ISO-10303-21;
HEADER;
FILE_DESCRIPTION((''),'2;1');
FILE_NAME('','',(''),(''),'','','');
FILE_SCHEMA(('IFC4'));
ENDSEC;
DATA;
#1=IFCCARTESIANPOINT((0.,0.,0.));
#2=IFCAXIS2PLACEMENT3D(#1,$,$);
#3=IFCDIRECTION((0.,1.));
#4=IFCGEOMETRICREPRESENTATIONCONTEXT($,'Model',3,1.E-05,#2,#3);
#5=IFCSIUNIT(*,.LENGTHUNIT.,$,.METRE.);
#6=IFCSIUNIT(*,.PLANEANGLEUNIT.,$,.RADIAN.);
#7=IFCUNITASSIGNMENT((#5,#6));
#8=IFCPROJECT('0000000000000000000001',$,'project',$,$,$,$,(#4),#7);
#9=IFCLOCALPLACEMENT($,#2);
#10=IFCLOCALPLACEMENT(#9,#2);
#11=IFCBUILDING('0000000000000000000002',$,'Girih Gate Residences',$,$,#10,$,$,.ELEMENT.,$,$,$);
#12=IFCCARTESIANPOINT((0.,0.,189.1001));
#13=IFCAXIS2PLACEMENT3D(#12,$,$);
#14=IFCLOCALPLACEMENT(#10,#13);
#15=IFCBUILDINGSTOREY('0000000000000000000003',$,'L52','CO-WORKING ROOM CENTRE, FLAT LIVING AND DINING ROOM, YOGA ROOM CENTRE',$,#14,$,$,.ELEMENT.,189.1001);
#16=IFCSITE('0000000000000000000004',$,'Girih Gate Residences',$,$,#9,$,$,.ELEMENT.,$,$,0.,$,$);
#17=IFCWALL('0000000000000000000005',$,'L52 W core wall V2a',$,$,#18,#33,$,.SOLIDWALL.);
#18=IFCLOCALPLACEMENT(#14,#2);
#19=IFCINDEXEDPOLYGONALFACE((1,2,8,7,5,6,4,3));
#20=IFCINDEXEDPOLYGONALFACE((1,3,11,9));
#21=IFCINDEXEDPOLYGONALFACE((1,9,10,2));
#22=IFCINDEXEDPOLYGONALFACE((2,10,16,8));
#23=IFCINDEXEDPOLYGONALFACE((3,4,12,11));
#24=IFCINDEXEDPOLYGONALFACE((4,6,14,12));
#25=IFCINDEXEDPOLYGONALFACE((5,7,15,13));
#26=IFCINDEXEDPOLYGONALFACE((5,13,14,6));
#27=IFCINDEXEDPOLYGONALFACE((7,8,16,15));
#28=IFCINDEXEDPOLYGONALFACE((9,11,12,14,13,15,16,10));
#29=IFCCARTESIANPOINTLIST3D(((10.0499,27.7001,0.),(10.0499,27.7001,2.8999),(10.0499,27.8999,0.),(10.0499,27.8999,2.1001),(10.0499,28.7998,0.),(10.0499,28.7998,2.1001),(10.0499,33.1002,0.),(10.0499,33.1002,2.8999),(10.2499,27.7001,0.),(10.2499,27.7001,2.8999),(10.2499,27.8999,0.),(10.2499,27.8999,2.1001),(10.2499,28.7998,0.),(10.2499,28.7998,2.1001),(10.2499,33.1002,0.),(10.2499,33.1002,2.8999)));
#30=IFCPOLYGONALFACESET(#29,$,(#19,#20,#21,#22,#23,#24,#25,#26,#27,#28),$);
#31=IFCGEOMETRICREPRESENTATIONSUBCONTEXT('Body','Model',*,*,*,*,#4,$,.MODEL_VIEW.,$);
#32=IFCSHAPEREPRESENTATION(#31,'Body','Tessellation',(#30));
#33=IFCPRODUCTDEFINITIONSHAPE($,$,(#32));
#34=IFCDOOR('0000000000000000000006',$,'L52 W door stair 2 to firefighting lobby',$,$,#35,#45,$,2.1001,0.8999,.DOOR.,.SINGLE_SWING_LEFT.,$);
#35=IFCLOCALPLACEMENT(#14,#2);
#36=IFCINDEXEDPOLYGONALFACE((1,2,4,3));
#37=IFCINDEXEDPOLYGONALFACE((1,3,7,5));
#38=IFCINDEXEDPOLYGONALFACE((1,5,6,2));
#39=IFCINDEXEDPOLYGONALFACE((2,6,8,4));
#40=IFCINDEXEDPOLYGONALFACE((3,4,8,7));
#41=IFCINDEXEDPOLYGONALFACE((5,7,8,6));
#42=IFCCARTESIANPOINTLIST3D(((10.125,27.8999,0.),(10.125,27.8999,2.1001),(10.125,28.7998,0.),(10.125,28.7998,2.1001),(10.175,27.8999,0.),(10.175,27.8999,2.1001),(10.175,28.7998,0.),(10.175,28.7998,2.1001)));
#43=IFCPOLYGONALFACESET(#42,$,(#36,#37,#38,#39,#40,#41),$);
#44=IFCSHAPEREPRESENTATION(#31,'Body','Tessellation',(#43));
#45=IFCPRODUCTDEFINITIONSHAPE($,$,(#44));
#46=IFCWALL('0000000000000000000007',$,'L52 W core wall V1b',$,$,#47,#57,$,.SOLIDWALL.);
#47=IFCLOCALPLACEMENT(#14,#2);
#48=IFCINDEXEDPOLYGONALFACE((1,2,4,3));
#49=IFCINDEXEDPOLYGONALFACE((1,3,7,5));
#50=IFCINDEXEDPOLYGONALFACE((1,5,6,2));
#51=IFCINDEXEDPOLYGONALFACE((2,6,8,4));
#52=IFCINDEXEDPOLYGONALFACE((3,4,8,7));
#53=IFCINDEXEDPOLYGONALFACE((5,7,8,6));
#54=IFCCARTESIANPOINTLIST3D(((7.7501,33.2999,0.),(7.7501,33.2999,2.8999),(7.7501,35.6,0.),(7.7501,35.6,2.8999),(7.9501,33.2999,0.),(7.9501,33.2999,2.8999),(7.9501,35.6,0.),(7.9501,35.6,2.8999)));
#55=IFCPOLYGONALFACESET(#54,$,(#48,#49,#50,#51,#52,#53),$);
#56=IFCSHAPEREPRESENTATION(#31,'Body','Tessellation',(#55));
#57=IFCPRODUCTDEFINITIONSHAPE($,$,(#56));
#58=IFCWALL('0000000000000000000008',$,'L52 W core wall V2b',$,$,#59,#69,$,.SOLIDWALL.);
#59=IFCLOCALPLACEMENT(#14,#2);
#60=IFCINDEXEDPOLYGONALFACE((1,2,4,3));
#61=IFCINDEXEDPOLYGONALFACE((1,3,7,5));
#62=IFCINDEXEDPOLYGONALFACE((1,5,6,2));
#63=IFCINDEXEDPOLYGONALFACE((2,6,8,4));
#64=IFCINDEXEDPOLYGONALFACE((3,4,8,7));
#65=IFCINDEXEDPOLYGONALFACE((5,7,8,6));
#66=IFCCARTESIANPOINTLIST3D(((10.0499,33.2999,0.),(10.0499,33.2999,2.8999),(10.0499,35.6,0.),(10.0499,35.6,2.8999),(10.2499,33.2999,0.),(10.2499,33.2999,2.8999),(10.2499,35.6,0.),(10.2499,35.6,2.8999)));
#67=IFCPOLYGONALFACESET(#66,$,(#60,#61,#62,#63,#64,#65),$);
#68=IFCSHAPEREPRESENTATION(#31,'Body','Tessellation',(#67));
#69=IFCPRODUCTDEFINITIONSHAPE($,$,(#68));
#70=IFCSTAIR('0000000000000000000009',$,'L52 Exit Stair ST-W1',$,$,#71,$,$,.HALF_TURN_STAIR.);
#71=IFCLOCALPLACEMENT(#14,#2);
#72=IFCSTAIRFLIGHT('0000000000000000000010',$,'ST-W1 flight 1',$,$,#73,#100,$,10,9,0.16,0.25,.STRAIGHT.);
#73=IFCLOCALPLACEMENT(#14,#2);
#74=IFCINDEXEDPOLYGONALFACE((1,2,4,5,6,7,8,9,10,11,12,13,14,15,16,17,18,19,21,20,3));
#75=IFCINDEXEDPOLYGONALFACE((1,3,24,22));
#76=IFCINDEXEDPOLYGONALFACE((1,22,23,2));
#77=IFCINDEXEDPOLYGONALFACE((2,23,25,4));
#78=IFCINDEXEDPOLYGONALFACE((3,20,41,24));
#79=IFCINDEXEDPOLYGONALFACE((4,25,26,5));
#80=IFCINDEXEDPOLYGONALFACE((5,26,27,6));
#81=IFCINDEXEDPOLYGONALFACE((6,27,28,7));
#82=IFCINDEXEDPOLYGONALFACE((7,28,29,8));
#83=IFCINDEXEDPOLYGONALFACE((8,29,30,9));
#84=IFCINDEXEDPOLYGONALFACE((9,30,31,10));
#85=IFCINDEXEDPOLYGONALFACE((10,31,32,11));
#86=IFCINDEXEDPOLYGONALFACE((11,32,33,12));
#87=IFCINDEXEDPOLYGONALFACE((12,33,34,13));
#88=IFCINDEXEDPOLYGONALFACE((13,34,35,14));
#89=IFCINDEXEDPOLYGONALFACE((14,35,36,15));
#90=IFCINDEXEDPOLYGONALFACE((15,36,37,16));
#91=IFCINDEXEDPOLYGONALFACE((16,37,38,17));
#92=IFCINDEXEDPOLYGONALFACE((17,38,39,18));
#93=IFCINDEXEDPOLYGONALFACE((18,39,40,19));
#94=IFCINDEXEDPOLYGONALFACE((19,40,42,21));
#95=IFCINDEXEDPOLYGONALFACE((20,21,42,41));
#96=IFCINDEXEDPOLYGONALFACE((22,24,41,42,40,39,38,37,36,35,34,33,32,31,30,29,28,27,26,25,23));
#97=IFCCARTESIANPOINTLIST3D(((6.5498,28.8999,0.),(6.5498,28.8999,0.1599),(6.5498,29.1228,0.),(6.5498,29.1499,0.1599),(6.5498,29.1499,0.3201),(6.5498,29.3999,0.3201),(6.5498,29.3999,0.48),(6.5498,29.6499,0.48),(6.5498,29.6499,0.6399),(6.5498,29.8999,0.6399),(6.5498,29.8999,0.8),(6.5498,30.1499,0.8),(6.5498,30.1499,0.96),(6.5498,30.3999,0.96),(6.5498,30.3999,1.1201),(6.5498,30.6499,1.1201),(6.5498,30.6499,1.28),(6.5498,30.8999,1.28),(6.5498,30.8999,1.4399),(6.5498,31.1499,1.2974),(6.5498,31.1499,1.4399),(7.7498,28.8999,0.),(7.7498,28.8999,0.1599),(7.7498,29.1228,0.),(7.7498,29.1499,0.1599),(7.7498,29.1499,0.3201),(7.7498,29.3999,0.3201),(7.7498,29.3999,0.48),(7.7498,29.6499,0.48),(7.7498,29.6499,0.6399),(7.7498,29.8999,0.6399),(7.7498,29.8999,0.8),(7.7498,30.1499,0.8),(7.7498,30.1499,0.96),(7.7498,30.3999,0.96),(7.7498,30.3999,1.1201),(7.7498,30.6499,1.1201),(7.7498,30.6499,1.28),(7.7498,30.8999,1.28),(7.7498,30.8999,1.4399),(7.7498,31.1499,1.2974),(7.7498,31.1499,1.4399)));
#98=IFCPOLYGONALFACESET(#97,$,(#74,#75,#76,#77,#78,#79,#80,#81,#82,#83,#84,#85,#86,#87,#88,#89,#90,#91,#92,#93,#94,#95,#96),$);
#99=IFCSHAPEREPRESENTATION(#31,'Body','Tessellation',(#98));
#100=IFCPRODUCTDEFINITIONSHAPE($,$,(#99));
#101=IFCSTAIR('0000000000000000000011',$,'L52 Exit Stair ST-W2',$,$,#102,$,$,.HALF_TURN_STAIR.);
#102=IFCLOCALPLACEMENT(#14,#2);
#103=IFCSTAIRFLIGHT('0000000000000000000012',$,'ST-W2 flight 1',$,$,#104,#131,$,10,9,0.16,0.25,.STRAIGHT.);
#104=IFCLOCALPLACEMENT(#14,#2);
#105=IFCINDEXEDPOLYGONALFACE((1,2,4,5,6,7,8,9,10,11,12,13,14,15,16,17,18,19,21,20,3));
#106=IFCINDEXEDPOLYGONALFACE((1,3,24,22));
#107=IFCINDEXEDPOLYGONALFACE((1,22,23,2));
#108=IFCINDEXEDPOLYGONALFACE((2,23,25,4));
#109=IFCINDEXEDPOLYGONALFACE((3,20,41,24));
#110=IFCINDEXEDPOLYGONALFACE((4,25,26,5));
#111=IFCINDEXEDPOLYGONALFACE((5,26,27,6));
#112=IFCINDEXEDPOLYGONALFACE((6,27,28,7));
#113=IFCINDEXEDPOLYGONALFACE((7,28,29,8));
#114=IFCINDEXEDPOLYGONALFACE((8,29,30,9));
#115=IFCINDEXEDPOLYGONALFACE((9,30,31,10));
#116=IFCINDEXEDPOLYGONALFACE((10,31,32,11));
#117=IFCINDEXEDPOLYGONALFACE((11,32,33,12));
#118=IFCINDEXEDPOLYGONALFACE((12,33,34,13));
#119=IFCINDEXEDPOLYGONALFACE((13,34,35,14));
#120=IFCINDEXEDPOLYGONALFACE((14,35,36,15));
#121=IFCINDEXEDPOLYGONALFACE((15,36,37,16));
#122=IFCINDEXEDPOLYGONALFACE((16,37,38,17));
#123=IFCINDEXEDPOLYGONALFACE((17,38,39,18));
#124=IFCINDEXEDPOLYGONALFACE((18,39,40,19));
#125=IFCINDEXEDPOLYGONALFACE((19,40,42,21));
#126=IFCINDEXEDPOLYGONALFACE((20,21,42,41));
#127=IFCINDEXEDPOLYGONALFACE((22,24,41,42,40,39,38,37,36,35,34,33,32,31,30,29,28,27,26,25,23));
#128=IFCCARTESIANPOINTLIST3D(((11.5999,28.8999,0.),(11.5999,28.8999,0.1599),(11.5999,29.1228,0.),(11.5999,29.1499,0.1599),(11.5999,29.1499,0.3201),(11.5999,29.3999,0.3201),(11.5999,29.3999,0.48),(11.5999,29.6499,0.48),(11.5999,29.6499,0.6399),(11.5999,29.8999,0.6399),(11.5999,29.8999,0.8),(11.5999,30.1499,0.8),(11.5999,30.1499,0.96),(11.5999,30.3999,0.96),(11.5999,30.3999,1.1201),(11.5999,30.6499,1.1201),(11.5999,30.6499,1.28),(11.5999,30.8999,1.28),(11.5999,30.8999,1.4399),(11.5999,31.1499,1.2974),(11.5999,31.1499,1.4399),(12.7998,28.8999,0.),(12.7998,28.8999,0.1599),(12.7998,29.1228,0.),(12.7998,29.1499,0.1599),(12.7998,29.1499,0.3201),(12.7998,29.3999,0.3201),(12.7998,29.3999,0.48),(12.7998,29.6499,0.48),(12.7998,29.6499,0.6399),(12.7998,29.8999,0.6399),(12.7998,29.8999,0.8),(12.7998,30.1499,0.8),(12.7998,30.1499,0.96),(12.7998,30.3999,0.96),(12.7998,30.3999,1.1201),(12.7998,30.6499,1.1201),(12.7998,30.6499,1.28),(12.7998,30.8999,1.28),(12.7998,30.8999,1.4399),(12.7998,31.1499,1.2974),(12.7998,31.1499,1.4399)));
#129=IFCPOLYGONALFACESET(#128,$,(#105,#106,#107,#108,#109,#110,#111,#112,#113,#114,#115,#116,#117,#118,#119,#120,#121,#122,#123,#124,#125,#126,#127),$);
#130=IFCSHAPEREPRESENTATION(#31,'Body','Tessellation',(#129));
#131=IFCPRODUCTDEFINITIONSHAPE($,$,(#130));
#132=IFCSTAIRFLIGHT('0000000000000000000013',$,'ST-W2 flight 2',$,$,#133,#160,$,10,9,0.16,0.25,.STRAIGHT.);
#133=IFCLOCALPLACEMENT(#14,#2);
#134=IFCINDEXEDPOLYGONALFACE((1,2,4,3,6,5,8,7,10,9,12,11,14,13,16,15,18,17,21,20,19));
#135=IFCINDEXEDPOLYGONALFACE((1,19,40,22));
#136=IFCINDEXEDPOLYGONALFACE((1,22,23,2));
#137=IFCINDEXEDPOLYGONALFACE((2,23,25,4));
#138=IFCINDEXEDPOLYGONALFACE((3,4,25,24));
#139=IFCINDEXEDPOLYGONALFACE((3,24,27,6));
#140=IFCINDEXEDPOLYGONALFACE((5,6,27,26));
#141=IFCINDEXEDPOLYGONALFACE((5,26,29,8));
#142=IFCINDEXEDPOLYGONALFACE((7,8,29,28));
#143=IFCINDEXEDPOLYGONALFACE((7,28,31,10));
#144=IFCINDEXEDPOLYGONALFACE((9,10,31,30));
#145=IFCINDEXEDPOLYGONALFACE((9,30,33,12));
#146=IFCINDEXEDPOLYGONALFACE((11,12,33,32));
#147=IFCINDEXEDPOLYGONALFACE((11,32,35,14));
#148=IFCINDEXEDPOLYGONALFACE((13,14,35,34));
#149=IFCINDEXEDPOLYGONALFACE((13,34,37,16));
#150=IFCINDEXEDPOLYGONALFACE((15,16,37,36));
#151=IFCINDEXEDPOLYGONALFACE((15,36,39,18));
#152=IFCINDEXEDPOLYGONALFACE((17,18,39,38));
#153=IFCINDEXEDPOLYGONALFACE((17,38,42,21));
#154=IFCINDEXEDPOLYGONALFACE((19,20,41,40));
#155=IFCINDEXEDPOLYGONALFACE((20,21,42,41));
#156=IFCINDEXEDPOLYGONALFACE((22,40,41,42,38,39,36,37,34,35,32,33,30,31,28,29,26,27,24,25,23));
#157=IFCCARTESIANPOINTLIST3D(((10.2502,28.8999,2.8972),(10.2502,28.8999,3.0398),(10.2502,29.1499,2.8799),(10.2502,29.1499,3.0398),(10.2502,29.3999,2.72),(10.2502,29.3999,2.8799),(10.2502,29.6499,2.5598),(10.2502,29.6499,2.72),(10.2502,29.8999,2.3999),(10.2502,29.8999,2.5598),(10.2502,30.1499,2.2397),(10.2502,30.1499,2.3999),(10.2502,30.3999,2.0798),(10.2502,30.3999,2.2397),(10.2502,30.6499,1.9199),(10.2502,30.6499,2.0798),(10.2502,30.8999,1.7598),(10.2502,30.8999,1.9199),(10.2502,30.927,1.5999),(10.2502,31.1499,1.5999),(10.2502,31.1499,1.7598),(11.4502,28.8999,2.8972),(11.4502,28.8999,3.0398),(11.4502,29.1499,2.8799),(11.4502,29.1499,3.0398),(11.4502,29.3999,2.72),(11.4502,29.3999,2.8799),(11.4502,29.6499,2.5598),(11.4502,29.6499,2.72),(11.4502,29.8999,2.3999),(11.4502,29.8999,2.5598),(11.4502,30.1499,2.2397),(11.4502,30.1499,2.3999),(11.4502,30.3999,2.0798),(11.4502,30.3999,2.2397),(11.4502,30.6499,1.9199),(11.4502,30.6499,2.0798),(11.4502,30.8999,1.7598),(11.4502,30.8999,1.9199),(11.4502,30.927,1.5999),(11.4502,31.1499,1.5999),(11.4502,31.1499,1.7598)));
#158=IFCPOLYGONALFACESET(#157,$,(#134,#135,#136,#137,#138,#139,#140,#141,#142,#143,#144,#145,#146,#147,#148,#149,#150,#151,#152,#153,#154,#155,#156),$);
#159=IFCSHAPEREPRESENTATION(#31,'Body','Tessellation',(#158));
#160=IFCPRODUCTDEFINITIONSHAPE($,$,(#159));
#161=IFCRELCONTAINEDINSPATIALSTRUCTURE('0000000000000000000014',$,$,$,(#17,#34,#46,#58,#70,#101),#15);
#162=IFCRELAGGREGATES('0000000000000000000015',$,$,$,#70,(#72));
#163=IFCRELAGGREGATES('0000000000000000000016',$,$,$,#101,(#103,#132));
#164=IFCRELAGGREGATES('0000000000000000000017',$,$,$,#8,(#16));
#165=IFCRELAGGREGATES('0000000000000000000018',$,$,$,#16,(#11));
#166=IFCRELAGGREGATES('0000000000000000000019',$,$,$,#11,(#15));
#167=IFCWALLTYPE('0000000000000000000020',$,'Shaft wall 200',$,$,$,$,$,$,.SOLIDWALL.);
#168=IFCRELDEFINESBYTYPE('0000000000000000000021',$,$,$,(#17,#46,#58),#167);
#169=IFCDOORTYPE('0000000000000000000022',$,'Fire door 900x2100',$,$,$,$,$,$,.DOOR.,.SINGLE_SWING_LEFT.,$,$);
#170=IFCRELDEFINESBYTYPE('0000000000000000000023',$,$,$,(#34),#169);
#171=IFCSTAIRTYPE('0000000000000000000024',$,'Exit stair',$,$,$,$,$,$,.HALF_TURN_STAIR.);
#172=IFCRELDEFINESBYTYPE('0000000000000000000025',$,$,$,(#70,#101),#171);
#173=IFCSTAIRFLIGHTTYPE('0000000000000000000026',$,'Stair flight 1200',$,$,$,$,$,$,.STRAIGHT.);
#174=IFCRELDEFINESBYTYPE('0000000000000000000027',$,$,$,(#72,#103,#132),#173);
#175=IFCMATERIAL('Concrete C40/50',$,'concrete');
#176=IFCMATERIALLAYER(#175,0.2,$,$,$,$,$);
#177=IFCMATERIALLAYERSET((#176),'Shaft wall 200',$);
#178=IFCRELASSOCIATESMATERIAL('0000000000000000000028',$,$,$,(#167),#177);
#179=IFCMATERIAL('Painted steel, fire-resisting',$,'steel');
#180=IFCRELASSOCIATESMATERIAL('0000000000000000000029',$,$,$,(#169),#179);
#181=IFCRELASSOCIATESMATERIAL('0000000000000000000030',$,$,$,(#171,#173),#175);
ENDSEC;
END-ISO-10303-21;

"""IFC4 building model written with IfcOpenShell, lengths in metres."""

from ifc_helpers import new_model, si_unit, direction, frame, frame_2d, origin, place, context, subcontext, project, spatial, polyline, rectangle, outline, extrude, material, layer, layer_set, type_object, element, fill, aggregate, save


model = new_model("IFC4")

# Units and contexts
model_context = context("Model", 3, precision=1e-05, world=origin(), true_north=direction((0.0, 1.0)))
body_context = subcontext(model_context, "Body", "Model", "MODEL_VIEW")
ifc_project = project(units=[si_unit("LENGTHUNIT", "METRE"), si_unit("PLANEANGLEUNIT", "RADIAN")], contexts=[model_context])

# Site, building, storey
site_placement = place(None, origin())
site = spatial("IfcSite", under=ifc_project, at=site_placement, Name="Girih Gate Residences", CompositionType="ELEMENT", RefElevation=0.0)
building_placement = place(site_placement, origin())
building = spatial("IfcBuilding", under=site, at=building_placement, Name="Girih Gate Residences", CompositionType="ELEMENT")
storey_placement = place(building_placement, frame((0.0, 0.0, 189.1001)))
storey = spatial("IfcBuildingStorey", under=building, at=storey_placement, Name="L52", Description="CO-WORKING ROOM CENTRE, FLAT LIVING AND DINING ROOM, YOGA ROOM CENTRE", CompositionType="ELEMENT", Elevation=189.1001)

# Shared definitions
ifc_material_1 = material(Name="Painted steel, fire-resisting", Category="steel")

# Shared definitions
ifc_material_2 = material(Name="Concrete C40/50", Category="concrete")

# Wall, opening, door
ifc_layer_1 = layer(ifc_material_2, 0.2)
ifc_layer_set_1 = layer_set([ifc_layer_1], Name="Shaft wall 200")
wall_type_1 = type_object("IfcWallType", Name="Shaft wall 200", PredefinedType="SOLIDWALL", material=ifc_layer_set_1)
door_type_1 = type_object("IfcDoorType", Name="Fire door 900x2100", OperationType="SINGLE_SWING_LEFT", PredefinedType="DOOR", material=ifc_material_1)
wall_1_placement = place(storey_placement, frame((10.1499, 27.7, 0.0), z_axis=(0.0, 0.0, 1.0), x_axis=(0.0, 1.0, 0.0)))
wall_1 = element("IfcWall", 1, at=wall_1_placement, inside=storey, type_object=wall_type_1, Name="L52 W core wall V2a", PredefinedType="SOLIDWALL", context=body_context, shape_type="SweptSolid", body=[
    extrude(rectangle(XDim=5.4001, YDim=0.2, at=frame_2d((2.7002, 0.0))), origin(), (0.0, 0.0, 1.0), 2.8999),
])
opening_1_placement = place(wall_1_placement, frame((0.2, 0.0, 0.0)))
opening_1 = element("IfcOpeningElement", 2, at=opening_1_placement, cuts=wall_1, PredefinedType="OPENING", context=body_context, shape_type="SweptSolid", body=[
    extrude(rectangle(XDim=0.8999, YDim=2.1001, at=frame_2d((0.45, 1.05))), frame((0.0, 0.1099, 0.0), z_axis=(0.0, -1.0, 0.0), x_axis=(1.0, 0.0, 0.0)), (0.0, 0.0, 1.0), 0.22),
])
door_1_placement = place(opening_1_placement, origin())
door_1 = element("IfcDoor", 3, at=door_1_placement, inside=storey, type_object=door_type_1, Name="L52 W door stair 2 to firefighting lobby", OperationType="SINGLE_SWING_LEFT", OverallHeight=2.1001, OverallWidth=0.8999, PredefinedType="DOOR", context=body_context, shape_type="SweptSolid", body=[
    extrude(rectangle(XDim=0.8999, YDim=2.1001, at=frame_2d((0.45, 1.05))), frame((0.0, 0.0249, 0.0), z_axis=(0.0, -1.0, 0.0), x_axis=(1.0, 0.0, 0.0)), (0.0, 0.0, 1.0), 0.05),
])
fill(opening_1, door_1)

# Walls
for number, where, z_axis, x_axis, name in (
    (4, (7.8501, 33.3, 0.0), (0.0, 0.0, 1.0), (0.0, 1.0, 0.0), "L52 W core wall V1b"),
    (5, (10.1499, 33.3, 0.0), (0.0, 0.0, 1.0), (0.0, 1.0, 0.0), "L52 W core wall V2b"),
):
    element("IfcWall", number, at=place(storey_placement, frame(where, z_axis=z_axis, x_axis=x_axis)), inside=storey, type_object=wall_type_1, Name=name, PredefinedType="SOLIDWALL", context=body_context, shape_type="SweptSolid", body=[
        extrude(rectangle(XDim=2.3, YDim=0.2, at=frame_2d((1.1499, 0.0))), origin(), (0.0, 0.0, 1.0), 2.8999),
    ])

# Stair, stair flight
stair_type = type_object("IfcStairType", Name="Exit stair", PredefinedType="HALF_TURN_STAIR", material=ifc_material_2)
stair_1_placement = place(storey_placement, origin())
stair_1 = element("IfcStair", 6, at=stair_1_placement, inside=storey, type_object=stair_type, Name="L52 Exit Stair ST-W1", PredefinedType="HALF_TURN_STAIR")
stair_flight_type = type_object("IfcStairFlightType", Name="Stair flight 1200", PredefinedType="STRAIGHT", material=ifc_material_2)
stair_flight_1_placement = place(storey_placement, frame((7.1499, 28.8999, 0.0), z_axis=(0.0, 0.0, 1.0), x_axis=(0.0, 1.0, 0.0)))
stair_flight_1 = element("IfcStairFlight", 7, at=stair_flight_1_placement, type_object=stair_flight_type, Name="ST-W1 flight 1", NumberOfRisers=10, NumberOfTreads=9, PredefinedType="STRAIGHT", RiserHeight=0.16, TreadLength=0.25, context=body_context, shape_type="SweptSolid", body=[
    extrude(outline(polyline([(0.0, 0.0), (0.0, 0.1599), (0.25, 0.1599), (0.25, 0.3201), (0.5, 0.3201), (0.5, 0.48), (0.75, 0.48), (0.75, 0.6399), (1.0, 0.6399), (1.0, 0.8), (1.25, 0.8), (1.25, 0.96), (1.5, 0.96), (1.5, 1.1201), (1.75, 1.1201), (1.75, 1.28), (2.0, 1.28), (2.0, 1.4399), (2.25, 1.4399), (2.25, 1.6001), (2.25, 1.2974), (0.2229, 0.0), (0.0, 0.0)])), frame((0.0, 0.6001, 0.0), z_axis=(0.0, -1.0, 0.0), x_axis=(1.0, 0.0, 0.0)), (0.0, 0.0, 1.0), 1.2),
])
aggregate(stair_1, [stair_flight_1])

# Stair, stair flights
stair_2_placement = place(storey_placement, origin())
stair_2 = element("IfcStair", 8, at=stair_2_placement, inside=storey, type_object=stair_type, Name="L52 Exit Stair ST-W2", PredefinedType="HALF_TURN_STAIR")
stair_flight_2_placement = place(storey_placement, frame((12.2, 28.8999, 0.0), z_axis=(0.0, 0.0, 1.0), x_axis=(0.0, 1.0, 0.0)))
stair_flight_2 = element("IfcStairFlight", 9, at=stair_flight_2_placement, type_object=stair_flight_type, Name="ST-W2 flight 1", NumberOfRisers=10, NumberOfTreads=9, PredefinedType="STRAIGHT", RiserHeight=0.16, TreadLength=0.25, context=body_context, shape_type="SweptSolid", body=[
    extrude(outline(polyline([(0.0, 0.0), (0.0, 0.1599), (0.25, 0.1599), (0.25, 0.3201), (0.5, 0.3201), (0.5, 0.48), (0.75, 0.48), (0.75, 0.6399), (1.0, 0.6399), (1.0, 0.8), (1.25, 0.8), (1.25, 0.96), (1.5, 0.96), (1.5, 1.1201), (1.75, 1.1201), (1.75, 1.28), (2.0, 1.28), (2.0, 1.4399), (2.25, 1.4399), (2.25, 1.6001), (2.25, 1.2974), (0.2229, 0.0), (0.0, 0.0)])), frame((0.0, 0.6001, 0.0), z_axis=(0.0, -1.0, 0.0), x_axis=(1.0, 0.0, 0.0)), (0.0, 0.0, 1.0), 1.2),
])
stair_flight_3_placement = place(storey_placement, frame((10.8501, 31.1499, 1.5999), z_axis=(0.0, 0.0, 1.0), x_axis=(0.0, -1.0, 0.0)))
stair_flight_3 = element("IfcStairFlight", 10, at=stair_flight_3_placement, type_object=stair_flight_type, Name="ST-W2 flight 2", NumberOfRisers=10, NumberOfTreads=9, PredefinedType="STRAIGHT", RiserHeight=0.16, TreadLength=0.25, context=body_context, shape_type="SweptSolid", body=[
    extrude(outline(polyline([(0.0, 0.0), (0.0, 0.1599), (0.25, 0.1599), (0.25, 0.3201), (0.5, 0.3201), (0.5, 0.48), (0.75, 0.48), (0.75, 0.6399), (1.0, 0.6399), (1.0, 0.8), (1.25, 0.8), (1.25, 0.96), (1.5, 0.96), (1.5, 1.1201), (1.75, 1.1201), (1.75, 1.28), (2.0, 1.28), (2.0, 1.4399), (2.25, 1.4399), (2.25, 1.6001), (2.25, 1.2974), (0.2229, 0.0), (0.0, 0.0)])), frame((0.0, 0.6001, 0.0), z_axis=(0.0, -1.0, 0.0), x_axis=(1.0, 0.0, 0.0)), (0.0, 0.0, 1.0), 1.2),
])
aggregate(stair_2, [stair_flight_2, stair_flight_3])

save(model, "model.ifc")
